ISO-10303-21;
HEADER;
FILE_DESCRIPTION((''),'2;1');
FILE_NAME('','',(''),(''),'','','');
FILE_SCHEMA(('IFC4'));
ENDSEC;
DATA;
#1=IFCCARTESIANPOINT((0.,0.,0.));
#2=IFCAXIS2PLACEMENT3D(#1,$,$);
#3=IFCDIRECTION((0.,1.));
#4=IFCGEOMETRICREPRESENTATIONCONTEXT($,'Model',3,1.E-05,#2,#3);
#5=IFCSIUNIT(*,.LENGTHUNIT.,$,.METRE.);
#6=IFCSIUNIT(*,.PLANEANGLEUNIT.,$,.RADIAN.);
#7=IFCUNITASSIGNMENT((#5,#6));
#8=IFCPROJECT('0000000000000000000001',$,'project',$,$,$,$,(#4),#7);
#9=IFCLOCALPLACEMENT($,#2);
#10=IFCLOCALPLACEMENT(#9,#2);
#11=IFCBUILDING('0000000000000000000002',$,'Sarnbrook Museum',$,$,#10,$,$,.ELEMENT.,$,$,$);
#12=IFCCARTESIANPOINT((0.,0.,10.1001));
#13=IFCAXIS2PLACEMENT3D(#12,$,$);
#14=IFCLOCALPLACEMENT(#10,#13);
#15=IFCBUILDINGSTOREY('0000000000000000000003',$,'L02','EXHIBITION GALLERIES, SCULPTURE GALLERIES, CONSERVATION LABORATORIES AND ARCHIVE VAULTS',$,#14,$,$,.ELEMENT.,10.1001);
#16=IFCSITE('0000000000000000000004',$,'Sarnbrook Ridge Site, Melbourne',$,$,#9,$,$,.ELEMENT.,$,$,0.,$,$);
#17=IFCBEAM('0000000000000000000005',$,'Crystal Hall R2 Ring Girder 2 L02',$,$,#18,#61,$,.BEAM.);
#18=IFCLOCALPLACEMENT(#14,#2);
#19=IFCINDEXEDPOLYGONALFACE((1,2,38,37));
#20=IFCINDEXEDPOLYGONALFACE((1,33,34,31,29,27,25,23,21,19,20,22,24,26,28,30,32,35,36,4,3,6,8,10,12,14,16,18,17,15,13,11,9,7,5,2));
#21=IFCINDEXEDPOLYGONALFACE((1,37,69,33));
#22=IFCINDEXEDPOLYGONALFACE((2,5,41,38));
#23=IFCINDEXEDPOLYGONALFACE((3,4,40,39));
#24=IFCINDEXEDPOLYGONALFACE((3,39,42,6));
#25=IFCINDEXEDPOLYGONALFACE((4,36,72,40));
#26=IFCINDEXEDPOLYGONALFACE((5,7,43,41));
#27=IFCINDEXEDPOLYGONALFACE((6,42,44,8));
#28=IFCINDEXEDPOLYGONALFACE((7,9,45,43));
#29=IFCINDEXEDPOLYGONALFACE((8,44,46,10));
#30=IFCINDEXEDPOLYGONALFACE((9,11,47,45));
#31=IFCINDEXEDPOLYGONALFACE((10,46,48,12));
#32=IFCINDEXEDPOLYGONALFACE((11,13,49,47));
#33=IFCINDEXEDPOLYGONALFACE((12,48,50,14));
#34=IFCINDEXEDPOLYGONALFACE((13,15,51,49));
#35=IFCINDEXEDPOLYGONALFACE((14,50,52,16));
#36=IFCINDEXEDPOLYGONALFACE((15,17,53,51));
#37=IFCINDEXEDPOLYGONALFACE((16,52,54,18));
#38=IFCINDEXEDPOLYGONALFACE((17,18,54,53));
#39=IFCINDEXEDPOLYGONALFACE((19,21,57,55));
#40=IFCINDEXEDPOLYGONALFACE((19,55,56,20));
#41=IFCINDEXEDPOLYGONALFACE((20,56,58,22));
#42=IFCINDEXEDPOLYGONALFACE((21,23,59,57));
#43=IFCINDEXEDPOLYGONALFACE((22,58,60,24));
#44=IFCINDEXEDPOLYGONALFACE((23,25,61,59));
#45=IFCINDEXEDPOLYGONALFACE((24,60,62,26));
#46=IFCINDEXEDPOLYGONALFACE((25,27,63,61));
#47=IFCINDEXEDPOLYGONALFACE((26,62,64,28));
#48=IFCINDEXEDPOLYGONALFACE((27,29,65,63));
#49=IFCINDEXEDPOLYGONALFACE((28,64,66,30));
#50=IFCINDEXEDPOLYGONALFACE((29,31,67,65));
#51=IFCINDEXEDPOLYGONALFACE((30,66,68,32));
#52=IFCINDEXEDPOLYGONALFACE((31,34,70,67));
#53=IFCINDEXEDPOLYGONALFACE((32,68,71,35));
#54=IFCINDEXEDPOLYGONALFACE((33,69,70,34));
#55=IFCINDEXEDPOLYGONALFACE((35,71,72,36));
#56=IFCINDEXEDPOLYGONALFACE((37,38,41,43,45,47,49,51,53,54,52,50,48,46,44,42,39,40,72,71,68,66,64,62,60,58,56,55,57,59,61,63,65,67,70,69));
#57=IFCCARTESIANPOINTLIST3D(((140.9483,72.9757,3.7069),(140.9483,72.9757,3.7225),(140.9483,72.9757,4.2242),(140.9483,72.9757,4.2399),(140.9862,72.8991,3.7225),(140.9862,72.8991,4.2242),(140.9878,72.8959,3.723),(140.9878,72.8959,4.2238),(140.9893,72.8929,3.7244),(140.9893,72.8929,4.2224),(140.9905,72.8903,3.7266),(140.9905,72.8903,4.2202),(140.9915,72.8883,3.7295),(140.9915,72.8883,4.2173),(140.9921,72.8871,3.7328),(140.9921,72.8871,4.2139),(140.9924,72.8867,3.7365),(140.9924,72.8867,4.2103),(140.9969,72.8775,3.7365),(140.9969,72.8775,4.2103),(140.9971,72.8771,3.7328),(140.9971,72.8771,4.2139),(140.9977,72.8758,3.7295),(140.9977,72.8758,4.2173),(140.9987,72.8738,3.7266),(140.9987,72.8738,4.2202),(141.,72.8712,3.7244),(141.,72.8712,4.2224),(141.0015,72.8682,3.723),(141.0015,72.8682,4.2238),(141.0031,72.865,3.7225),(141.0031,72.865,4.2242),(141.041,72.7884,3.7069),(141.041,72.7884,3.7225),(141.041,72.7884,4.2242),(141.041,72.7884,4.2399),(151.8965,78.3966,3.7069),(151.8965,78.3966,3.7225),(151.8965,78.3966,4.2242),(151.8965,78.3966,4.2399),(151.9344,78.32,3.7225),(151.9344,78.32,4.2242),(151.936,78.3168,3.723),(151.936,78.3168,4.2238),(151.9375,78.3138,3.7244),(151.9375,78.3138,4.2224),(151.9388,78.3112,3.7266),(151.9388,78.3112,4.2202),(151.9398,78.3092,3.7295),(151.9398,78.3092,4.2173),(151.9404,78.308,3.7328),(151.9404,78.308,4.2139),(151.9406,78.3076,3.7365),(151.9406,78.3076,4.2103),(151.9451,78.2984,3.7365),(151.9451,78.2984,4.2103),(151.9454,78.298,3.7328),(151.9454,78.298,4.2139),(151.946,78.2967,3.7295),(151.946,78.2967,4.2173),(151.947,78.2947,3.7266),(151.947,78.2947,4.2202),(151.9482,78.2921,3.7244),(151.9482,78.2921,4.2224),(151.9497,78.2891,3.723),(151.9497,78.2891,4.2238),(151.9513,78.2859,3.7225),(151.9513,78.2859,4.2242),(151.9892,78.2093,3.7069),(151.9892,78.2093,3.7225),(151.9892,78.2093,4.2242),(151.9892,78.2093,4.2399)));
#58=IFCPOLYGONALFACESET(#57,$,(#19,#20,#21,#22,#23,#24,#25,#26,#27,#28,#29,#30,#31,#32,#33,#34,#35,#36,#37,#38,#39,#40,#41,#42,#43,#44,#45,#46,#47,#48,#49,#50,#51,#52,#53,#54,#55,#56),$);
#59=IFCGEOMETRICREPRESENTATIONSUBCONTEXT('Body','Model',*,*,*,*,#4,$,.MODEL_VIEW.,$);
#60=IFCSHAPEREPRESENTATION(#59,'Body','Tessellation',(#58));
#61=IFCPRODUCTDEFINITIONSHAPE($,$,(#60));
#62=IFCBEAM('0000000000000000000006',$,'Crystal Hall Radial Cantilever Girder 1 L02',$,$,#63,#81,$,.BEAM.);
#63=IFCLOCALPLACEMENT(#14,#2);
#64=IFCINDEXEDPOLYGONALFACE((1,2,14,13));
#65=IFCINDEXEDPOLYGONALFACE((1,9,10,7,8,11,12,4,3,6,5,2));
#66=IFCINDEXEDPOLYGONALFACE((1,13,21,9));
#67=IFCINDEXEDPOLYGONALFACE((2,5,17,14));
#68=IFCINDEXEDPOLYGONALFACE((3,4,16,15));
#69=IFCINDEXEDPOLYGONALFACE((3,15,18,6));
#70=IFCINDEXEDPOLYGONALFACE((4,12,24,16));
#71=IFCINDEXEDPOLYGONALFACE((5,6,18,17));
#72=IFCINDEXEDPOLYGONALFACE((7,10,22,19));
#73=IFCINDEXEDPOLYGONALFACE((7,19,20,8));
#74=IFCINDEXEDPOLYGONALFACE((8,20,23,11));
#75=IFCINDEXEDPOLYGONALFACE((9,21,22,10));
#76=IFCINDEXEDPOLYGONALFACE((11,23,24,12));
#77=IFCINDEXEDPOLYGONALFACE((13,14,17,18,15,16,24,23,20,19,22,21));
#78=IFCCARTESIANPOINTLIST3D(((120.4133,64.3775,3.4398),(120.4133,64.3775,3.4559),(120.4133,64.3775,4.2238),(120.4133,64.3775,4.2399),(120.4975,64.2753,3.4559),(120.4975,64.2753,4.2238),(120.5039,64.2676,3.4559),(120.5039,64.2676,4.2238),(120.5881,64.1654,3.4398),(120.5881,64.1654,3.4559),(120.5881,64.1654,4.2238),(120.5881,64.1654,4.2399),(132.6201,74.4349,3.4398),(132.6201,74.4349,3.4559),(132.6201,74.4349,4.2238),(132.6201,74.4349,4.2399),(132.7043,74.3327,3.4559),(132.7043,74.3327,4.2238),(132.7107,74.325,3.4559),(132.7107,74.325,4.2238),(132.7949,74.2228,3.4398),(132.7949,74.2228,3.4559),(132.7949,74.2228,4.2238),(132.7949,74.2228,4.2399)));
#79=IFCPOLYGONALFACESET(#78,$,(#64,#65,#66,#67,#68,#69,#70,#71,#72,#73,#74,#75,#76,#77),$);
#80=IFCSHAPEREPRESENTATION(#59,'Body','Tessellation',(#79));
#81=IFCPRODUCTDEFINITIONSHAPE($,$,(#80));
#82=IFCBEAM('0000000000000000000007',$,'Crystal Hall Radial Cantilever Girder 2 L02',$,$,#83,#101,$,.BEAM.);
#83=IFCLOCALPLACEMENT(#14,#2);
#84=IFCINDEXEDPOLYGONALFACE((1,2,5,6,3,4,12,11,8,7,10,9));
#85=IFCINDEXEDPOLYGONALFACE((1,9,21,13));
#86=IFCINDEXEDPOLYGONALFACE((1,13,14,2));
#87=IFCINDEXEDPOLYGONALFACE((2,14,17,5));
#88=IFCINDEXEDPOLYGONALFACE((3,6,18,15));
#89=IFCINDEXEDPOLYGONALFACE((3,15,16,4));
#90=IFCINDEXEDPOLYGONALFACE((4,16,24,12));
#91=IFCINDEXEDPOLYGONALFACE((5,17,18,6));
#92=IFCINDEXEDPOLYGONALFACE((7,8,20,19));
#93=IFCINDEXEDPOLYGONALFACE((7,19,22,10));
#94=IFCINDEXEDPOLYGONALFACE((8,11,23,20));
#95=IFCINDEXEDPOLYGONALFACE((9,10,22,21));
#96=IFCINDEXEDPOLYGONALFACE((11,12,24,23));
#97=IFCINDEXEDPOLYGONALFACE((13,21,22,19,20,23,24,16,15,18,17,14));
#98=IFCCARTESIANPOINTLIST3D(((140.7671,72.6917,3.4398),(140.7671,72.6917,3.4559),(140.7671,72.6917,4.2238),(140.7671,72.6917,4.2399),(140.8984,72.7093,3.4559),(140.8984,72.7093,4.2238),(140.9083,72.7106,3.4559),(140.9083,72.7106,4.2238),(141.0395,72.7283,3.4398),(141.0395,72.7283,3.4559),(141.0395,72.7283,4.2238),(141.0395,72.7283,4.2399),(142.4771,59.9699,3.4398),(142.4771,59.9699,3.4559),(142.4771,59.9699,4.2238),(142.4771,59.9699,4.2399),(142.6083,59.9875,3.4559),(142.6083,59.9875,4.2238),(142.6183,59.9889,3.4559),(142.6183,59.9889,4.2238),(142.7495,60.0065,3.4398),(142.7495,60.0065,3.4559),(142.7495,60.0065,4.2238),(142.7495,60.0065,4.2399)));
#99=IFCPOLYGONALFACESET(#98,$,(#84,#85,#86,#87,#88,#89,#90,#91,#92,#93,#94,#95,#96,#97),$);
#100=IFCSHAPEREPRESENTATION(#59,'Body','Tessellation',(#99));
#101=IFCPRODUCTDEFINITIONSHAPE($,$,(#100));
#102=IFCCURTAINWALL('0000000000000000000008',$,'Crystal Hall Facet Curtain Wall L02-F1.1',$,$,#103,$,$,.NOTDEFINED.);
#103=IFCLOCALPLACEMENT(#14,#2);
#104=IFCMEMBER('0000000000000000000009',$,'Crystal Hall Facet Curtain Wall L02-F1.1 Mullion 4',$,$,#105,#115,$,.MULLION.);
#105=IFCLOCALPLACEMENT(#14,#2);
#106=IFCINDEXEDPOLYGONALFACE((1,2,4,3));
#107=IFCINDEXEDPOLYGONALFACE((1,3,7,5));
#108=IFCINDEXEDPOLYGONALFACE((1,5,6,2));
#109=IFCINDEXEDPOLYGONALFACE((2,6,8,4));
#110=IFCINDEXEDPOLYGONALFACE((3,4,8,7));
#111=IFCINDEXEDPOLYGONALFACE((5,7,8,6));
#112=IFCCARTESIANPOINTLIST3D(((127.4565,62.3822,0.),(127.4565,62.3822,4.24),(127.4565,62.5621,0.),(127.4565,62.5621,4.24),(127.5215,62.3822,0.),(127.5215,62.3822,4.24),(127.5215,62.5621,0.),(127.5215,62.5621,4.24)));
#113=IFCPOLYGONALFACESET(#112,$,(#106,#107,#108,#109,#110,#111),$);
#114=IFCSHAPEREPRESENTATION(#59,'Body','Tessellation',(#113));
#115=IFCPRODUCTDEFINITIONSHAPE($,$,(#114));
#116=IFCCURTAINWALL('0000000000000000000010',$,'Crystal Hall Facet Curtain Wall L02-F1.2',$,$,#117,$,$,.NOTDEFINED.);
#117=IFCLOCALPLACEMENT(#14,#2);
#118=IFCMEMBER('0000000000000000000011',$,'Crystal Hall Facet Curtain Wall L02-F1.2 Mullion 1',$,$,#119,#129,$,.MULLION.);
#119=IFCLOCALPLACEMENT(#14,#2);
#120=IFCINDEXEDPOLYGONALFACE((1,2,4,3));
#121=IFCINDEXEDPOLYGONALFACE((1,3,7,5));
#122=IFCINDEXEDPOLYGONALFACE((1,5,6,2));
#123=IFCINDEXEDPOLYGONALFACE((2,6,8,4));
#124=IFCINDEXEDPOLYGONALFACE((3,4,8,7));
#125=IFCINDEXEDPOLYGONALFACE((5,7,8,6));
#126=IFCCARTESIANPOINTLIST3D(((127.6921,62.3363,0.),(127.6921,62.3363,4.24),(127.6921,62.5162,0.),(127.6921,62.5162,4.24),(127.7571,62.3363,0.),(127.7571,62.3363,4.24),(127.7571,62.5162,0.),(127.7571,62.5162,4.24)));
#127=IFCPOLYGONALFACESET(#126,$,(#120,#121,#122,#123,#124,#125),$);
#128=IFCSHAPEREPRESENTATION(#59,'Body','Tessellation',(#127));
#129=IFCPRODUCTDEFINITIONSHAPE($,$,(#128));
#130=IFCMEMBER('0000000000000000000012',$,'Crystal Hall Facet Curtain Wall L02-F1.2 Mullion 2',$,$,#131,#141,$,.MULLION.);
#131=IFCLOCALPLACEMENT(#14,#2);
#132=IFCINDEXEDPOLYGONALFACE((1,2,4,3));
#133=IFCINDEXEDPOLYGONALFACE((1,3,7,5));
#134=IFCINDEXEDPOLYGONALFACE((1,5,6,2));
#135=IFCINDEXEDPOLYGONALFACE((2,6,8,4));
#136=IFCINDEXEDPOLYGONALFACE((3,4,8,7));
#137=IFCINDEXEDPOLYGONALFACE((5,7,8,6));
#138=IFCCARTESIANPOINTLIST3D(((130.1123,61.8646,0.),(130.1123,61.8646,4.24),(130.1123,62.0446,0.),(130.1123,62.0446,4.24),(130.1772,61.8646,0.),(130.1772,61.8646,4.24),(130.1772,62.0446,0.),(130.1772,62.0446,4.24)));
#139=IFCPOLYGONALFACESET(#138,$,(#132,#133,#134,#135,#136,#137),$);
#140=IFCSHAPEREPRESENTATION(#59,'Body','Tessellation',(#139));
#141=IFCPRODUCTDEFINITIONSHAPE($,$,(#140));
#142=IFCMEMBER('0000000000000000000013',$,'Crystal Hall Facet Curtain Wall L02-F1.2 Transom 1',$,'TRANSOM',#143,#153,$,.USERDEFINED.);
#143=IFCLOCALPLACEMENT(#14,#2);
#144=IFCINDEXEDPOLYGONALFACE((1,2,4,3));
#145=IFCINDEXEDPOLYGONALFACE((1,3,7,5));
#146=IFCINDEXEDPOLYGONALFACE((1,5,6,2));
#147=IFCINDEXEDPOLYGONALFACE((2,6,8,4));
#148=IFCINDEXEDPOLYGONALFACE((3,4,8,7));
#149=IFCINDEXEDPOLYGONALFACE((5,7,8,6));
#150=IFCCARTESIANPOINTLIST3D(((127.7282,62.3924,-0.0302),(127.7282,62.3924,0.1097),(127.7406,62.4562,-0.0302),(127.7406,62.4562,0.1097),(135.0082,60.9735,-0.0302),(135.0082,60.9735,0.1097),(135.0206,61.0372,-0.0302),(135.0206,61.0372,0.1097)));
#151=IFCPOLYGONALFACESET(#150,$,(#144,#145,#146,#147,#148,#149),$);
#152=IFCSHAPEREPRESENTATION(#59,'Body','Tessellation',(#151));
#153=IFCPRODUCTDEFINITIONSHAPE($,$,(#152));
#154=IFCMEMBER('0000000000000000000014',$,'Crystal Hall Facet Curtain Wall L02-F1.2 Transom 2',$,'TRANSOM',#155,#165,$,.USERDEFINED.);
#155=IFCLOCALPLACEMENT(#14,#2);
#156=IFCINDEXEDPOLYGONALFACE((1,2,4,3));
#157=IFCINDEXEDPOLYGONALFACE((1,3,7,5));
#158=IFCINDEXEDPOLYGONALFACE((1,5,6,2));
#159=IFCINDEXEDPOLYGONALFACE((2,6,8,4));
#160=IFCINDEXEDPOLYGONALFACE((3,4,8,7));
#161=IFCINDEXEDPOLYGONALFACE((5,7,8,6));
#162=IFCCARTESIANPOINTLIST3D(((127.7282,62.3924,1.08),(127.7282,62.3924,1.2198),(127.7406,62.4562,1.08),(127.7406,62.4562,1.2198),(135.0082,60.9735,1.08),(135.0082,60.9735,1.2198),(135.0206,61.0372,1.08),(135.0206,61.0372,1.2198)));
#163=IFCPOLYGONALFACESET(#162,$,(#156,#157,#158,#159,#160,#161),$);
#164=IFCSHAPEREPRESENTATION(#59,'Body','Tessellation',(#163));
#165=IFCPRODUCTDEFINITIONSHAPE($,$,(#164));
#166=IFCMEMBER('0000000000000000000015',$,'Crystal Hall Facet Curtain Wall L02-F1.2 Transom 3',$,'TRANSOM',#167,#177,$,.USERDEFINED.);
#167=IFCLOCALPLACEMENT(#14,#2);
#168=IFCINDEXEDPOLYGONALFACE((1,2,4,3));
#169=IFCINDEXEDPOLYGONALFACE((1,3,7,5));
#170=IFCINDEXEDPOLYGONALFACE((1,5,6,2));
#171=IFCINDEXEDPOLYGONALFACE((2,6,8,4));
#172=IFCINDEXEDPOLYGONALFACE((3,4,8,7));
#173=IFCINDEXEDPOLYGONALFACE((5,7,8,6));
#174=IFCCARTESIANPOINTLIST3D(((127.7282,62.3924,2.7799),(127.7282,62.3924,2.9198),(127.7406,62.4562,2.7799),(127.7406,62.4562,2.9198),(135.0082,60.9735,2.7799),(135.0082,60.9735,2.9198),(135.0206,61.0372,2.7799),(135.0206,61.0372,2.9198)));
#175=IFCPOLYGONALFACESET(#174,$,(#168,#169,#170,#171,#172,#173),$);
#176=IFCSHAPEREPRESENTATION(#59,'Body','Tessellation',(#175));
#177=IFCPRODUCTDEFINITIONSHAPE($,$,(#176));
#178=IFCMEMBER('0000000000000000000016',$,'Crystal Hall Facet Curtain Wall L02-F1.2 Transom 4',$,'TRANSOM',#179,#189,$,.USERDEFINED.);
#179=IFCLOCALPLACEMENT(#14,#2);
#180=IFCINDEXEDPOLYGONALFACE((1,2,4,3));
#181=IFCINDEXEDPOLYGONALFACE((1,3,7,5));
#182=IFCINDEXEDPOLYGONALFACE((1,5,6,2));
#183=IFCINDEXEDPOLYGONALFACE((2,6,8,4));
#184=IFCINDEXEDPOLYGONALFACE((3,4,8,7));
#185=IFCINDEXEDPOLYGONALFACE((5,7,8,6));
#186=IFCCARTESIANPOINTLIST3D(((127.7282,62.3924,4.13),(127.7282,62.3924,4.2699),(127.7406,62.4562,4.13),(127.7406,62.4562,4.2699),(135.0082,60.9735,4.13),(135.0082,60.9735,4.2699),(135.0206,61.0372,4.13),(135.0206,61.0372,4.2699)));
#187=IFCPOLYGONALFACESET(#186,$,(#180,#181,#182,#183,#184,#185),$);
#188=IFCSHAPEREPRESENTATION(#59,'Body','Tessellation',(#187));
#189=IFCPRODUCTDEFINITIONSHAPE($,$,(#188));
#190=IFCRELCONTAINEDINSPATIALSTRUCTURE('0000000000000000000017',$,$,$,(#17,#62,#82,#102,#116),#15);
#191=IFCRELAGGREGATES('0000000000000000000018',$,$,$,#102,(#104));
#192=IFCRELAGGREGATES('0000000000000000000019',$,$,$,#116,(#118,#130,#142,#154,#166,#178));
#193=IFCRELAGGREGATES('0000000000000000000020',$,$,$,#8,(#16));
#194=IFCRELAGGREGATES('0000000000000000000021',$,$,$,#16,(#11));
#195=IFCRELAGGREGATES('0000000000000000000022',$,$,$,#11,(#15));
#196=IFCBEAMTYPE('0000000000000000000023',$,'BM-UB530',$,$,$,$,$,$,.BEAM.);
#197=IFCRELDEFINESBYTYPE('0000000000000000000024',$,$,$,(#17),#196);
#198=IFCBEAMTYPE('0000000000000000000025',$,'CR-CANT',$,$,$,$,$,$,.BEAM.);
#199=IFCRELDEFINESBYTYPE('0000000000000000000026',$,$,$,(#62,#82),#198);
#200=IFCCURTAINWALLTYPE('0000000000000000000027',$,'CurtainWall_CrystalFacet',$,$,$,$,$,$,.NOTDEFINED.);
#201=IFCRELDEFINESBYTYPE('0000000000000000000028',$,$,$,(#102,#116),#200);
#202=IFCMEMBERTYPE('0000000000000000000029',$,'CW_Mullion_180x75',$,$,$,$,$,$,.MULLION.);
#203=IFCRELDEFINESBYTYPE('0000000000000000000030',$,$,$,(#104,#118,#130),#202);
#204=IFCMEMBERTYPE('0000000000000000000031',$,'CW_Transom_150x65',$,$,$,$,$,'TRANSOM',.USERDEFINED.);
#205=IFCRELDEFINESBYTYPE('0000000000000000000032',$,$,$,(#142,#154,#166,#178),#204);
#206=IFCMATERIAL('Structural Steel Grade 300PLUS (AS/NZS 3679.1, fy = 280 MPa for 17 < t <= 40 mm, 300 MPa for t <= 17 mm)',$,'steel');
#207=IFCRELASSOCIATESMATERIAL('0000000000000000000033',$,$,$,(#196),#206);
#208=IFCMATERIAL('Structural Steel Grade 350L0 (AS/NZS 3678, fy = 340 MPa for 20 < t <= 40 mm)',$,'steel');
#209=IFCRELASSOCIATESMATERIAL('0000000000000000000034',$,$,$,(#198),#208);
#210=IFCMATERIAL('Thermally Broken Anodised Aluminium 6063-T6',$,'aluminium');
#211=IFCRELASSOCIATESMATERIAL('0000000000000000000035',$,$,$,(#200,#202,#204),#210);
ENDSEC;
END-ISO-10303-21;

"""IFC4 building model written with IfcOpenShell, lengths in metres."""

from ifc_helpers import new_model, si_unit, direction, frame, origin, origin_2d, place, context, subcontext, project, spatial, rectangle, i_section, extrude, material, material_profile, profile_set, type_object, element, aggregate, save


model = new_model("IFC4")

# Units and contexts
model_context = context("Model", 3, precision=1e-05, world=origin(), true_north=direction((0.0, 1.0)))
body_context = subcontext(model_context, "Body", "Model", "MODEL_VIEW")
ifc_project = project(units=[si_unit("LENGTHUNIT", "METRE"), si_unit("PLANEANGLEUNIT", "RADIAN")], contexts=[model_context])

# Site, building, storey
site_placement = place(None, origin())
site = spatial("IfcSite", under=ifc_project, at=site_placement, Name="Sarnbrook Ridge Site, Melbourne", CompositionType="ELEMENT", RefElevation=0.0)
building_placement = place(site_placement, origin())
building = spatial("IfcBuilding", under=site, at=building_placement, Name="Sarnbrook Museum", CompositionType="ELEMENT")
storey_placement = place(building_placement, frame((0.0, 0.0, 10.1001)))
storey = spatial("IfcBuildingStorey", under=building, at=storey_placement, Name="L02", Description="EXHIBITION GALLERIES, SCULPTURE GALLERIES, CONSERVATION LABORATORIES AND ARCHIVE VAULTS", CompositionType="ELEMENT", Elevation=10.1001)

# Beams
ifc_material_1 = material(Name="Structural Steel Grade 300PLUS (AS/NZS 3679.1, fy = 280 MPa for 17 < t <= 40 mm, 300 MPa for t <= 17 mm)", Category="steel")
ifc_material_profile_1 = material_profile(ifc_material_1, i_section(OverallWidth=0.209, OverallDepth=0.533, WebThickness=0.0103, FlangeThickness=0.0156, FilletRadius=0.0139, at=origin_2d()), Name="530UB92.4")
ifc_profile_set_1 = profile_set([ifc_material_profile_1], Name="Structural Steel Grade 300PLUS (AS/NZS 3679.1, fy = 280 MPa for 17 < t <= 40 mm, 300 MPa for t <= 17 mm)")
beam_type_1 = type_object("IfcBeamType", Name="BM-UB530", PredefinedType="BEAM", material=ifc_profile_set_1)
beam_1_placement = place(storey_placement, frame((140.9946, 72.8821, 3.9734), z_axis=(0.896163, 0.443725, 0.0), x_axis=(-0.443725, 0.896163, 0.0)))
element("IfcBeam", 1, at=beam_1_placement, inside=storey, type_object=beam_type_1, Name="Crystal Hall R2 Ring Girder 2 L02", PredefinedType="BEAM", context=body_context, shape_type="SweptSolid", body=[
    extrude(i_section(OverallWidth=0.209, OverallDepth=0.533, WebThickness=0.0103, FlangeThickness=0.0156, FilletRadius=0.0139, at=origin_2d()), origin(), (0.0, 0.0, 1.0), 12.2168),
])
ifc_material_2 = material(Name="Structural Steel Grade 350L0 (AS/NZS 3678, fy = 340 MPa for 20 < t <= 40 mm)", Category="steel")
ifc_material_profile_2 = material_profile(ifc_material_2, i_section(OverallWidth=0.2749, OverallDepth=0.8, WebThickness=0.01, FlangeThickness=0.0161, at=origin_2d()), Name="800WB146")
ifc_profile_set_2 = profile_set([ifc_material_profile_2], Name="Structural Steel Grade 350L0 (AS/NZS 3678, fy = 340 MPa for 20 < t <= 40 mm)")
beam_type_2 = type_object("IfcBeamType", Name="CR-CANT", PredefinedType="BEAM", material=ifc_profile_set_2)
beam_2_placement = place(storey_placement, frame((132.7075, 74.3289, 3.8398), z_axis=(-0.771784, -0.635885, 0.0), x_axis=(0.635885, -0.771784, 0.0)))
element("IfcBeam", 2, at=beam_2_placement, inside=storey, type_object=beam_type_2, Name="Crystal Hall Radial Cantilever Girder 1 L02", PredefinedType="BEAM", context=body_context, shape_type="SweptSolid", body=[
    extrude(i_section(OverallWidth=0.2749, OverallDepth=0.8, WebThickness=0.01, FlangeThickness=0.0161, at=origin_2d()), origin(), (0.0, 0.0, 1.0), 15.8164),
])
beam_3_placement = place(storey_placement, frame((140.9033, 72.71, 3.8398), z_axis=(0.133215, -0.991087, 0.0), x_axis=(0.991087, 0.133215, 0.0)))
element("IfcBeam", 3, at=beam_3_placement, inside=storey, type_object=beam_type_2, Name="Crystal Hall Radial Cantilever Girder 2 L02", PredefinedType="BEAM", context=body_context, shape_type="SweptSolid", body=[
    extrude(i_section(OverallWidth=0.2749, OverallDepth=0.8, WebThickness=0.01, FlangeThickness=0.0161, at=origin_2d()), origin(), (0.0, 0.0, 1.0), 12.8362),
])

# Curtain wall, member
ifc_material_3 = material(Name="Thermally Broken Anodised Aluminium 6063-T6", Category="aluminium")
curtain_wall_type = type_object("IfcCurtainWallType", Name="CurtainWall_CrystalFacet", PredefinedType="NOTDEFINED", material=ifc_material_3)
curtain_wall_1_placement = place(storey_placement, origin())
curtain_wall_1 = element("IfcCurtainWall", 4, at=curtain_wall_1_placement, inside=storey, type_object=curtain_wall_type, Name="Crystal Hall Facet Curtain Wall L02-F1.1", PredefinedType="NOTDEFINED")
ifc_material_profile_3 = material_profile(ifc_material_3, rectangle(XDim=0.0649, YDim=0.1799, at=origin_2d()), Name="ALU MULLION 65x180")
ifc_profile_set_3 = profile_set([ifc_material_profile_3], Name="Thermally Broken Anodised Aluminium 6063-T6")
member_type_1 = type_object("IfcMemberType", Name="CW_Mullion_180x75", PredefinedType="MULLION", material=ifc_profile_set_3)
member_1_placement = place(storey_placement, frame((127.489, 62.4722, 0.0), z_axis=(0.0, 0.0, 1.0), x_axis=(1.0, 0.0, 0.0)))
member_1 = element("IfcMember", 5, at=member_1_placement, type_object=member_type_1, Name="Crystal Hall Facet Curtain Wall L02-F1.1 Mullion 4", PredefinedType="MULLION", context=body_context, shape_type="SweptSolid", body=[
    extrude(rectangle(XDim=0.0649, YDim=0.1799, at=origin_2d()), origin(), (0.0, 0.0, 1.0), 4.24),
])

# Curtain wall, members
curtain_wall_2_placement = place(storey_placement, origin())
curtain_wall_2 = element("IfcCurtainWall", 6, at=curtain_wall_2_placement, inside=storey, type_object=curtain_wall_type, Name="Crystal Hall Facet Curtain Wall L02-F1.2", PredefinedType="NOTDEFINED")
member_2_placement = place(storey_placement, frame((127.7246, 62.4263, 0.0), z_axis=(0.0, 0.0, 1.0), x_axis=(1.0, 0.0, 0.0)))
member_2 = element("IfcMember", 7, at=member_2_placement, type_object=member_type_1, Name="Crystal Hall Facet Curtain Wall L02-F1.2 Mullion 1", PredefinedType="MULLION", context=body_context, shape_type="SweptSolid", body=[
    extrude(rectangle(XDim=0.0649, YDim=0.1799, at=origin_2d()), origin(), (0.0, 0.0, 1.0), 4.24),
])
member_3_placement = place(storey_placement, frame((130.1448, 61.9546, 0.0), z_axis=(0.0, 0.0, 1.0), x_axis=(1.0, 0.0, 0.0)))
member_3 = element("IfcMember", 8, at=member_3_placement, type_object=member_type_1, Name="Crystal Hall Facet Curtain Wall L02-F1.2 Mullion 2", PredefinedType="MULLION", context=body_context, shape_type="SweptSolid", body=[
    extrude(rectangle(XDim=0.0649, YDim=0.1799, at=origin_2d()), origin(), (0.0, 0.0, 1.0), 4.24),
])
ifc_material_profile_4 = material_profile(ifc_material_3, rectangle(XDim=0.0649, YDim=0.1399, at=origin_2d()), Name="ALU TRANSOM 65x140")
ifc_profile_set_4 = profile_set([ifc_material_profile_4], Name="Thermally Broken Anodised Aluminium 6063-T6")
member_type_2 = type_object("IfcMemberType", Name="CW_Transom_150x65", ElementType="TRANSOM", PredefinedType="USERDEFINED", material=ifc_profile_set_4)
member_4_placement = place(storey_placement, frame((127.7344, 62.4243, 0.0398), z_axis=(0.98153, -0.191309, 0.0), x_axis=(0.191309, 0.98153, 0.0)))
member_4 = element("IfcMember", 9, at=member_4_placement, type_object=member_type_2, Name="Crystal Hall Facet Curtain Wall L02-F1.2 Transom 1", ObjectType="TRANSOM", PredefinedType="USERDEFINED", context=body_context, shape_type="SweptSolid", body=[
    extrude(rectangle(XDim=0.0649, YDim=0.1399, at=origin_2d()), origin(), (0.0, 0.0, 1.0), 7.417),
])
member_5_placement = place(storey_placement, frame((127.7344, 62.4243, 1.1499), z_axis=(0.98153, -0.191309, 0.0), x_axis=(0.191309, 0.98153, 0.0)))
member_5 = element("IfcMember", 10, at=member_5_placement, type_object=member_type_2, Name="Crystal Hall Facet Curtain Wall L02-F1.2 Transom 2", ObjectType="TRANSOM", PredefinedType="USERDEFINED", context=body_context, shape_type="SweptSolid", body=[
    extrude(rectangle(XDim=0.0649, YDim=0.1399, at=origin_2d()), origin(), (0.0, 0.0, 1.0), 7.417),
])
member_6_placement = place(storey_placement, frame((127.7344, 62.4243, 2.8499), z_axis=(0.98153, -0.191309, 0.0), x_axis=(0.191309, 0.98153, 0.0)))
member_6 = element("IfcMember", 11, at=member_6_placement, type_object=member_type_2, Name="Crystal Hall Facet Curtain Wall L02-F1.2 Transom 3", ObjectType="TRANSOM", PredefinedType="USERDEFINED", context=body_context, shape_type="SweptSolid", body=[
    extrude(rectangle(XDim=0.0649, YDim=0.1399, at=origin_2d()), origin(), (0.0, 0.0, 1.0), 7.417),
])
member_7_placement = place(storey_placement, frame((127.7344, 62.4243, 4.2), z_axis=(0.98153, -0.191309, 0.0), x_axis=(0.191309, 0.98153, 0.0)))
member_7 = element("IfcMember", 12, at=member_7_placement, type_object=member_type_2, Name="Crystal Hall Facet Curtain Wall L02-F1.2 Transom 4", ObjectType="TRANSOM", PredefinedType="USERDEFINED", context=body_context, shape_type="SweptSolid", body=[
    extrude(rectangle(XDim=0.0649, YDim=0.1399, at=origin_2d()), origin(), (0.0, 0.0, 1.0), 7.417),
])

aggregate(curtain_wall_1, [member_1])
aggregate(curtain_wall_2, [member_2, member_3, member_4, member_5, member_6, member_7])

save(model, "model.ifc")
